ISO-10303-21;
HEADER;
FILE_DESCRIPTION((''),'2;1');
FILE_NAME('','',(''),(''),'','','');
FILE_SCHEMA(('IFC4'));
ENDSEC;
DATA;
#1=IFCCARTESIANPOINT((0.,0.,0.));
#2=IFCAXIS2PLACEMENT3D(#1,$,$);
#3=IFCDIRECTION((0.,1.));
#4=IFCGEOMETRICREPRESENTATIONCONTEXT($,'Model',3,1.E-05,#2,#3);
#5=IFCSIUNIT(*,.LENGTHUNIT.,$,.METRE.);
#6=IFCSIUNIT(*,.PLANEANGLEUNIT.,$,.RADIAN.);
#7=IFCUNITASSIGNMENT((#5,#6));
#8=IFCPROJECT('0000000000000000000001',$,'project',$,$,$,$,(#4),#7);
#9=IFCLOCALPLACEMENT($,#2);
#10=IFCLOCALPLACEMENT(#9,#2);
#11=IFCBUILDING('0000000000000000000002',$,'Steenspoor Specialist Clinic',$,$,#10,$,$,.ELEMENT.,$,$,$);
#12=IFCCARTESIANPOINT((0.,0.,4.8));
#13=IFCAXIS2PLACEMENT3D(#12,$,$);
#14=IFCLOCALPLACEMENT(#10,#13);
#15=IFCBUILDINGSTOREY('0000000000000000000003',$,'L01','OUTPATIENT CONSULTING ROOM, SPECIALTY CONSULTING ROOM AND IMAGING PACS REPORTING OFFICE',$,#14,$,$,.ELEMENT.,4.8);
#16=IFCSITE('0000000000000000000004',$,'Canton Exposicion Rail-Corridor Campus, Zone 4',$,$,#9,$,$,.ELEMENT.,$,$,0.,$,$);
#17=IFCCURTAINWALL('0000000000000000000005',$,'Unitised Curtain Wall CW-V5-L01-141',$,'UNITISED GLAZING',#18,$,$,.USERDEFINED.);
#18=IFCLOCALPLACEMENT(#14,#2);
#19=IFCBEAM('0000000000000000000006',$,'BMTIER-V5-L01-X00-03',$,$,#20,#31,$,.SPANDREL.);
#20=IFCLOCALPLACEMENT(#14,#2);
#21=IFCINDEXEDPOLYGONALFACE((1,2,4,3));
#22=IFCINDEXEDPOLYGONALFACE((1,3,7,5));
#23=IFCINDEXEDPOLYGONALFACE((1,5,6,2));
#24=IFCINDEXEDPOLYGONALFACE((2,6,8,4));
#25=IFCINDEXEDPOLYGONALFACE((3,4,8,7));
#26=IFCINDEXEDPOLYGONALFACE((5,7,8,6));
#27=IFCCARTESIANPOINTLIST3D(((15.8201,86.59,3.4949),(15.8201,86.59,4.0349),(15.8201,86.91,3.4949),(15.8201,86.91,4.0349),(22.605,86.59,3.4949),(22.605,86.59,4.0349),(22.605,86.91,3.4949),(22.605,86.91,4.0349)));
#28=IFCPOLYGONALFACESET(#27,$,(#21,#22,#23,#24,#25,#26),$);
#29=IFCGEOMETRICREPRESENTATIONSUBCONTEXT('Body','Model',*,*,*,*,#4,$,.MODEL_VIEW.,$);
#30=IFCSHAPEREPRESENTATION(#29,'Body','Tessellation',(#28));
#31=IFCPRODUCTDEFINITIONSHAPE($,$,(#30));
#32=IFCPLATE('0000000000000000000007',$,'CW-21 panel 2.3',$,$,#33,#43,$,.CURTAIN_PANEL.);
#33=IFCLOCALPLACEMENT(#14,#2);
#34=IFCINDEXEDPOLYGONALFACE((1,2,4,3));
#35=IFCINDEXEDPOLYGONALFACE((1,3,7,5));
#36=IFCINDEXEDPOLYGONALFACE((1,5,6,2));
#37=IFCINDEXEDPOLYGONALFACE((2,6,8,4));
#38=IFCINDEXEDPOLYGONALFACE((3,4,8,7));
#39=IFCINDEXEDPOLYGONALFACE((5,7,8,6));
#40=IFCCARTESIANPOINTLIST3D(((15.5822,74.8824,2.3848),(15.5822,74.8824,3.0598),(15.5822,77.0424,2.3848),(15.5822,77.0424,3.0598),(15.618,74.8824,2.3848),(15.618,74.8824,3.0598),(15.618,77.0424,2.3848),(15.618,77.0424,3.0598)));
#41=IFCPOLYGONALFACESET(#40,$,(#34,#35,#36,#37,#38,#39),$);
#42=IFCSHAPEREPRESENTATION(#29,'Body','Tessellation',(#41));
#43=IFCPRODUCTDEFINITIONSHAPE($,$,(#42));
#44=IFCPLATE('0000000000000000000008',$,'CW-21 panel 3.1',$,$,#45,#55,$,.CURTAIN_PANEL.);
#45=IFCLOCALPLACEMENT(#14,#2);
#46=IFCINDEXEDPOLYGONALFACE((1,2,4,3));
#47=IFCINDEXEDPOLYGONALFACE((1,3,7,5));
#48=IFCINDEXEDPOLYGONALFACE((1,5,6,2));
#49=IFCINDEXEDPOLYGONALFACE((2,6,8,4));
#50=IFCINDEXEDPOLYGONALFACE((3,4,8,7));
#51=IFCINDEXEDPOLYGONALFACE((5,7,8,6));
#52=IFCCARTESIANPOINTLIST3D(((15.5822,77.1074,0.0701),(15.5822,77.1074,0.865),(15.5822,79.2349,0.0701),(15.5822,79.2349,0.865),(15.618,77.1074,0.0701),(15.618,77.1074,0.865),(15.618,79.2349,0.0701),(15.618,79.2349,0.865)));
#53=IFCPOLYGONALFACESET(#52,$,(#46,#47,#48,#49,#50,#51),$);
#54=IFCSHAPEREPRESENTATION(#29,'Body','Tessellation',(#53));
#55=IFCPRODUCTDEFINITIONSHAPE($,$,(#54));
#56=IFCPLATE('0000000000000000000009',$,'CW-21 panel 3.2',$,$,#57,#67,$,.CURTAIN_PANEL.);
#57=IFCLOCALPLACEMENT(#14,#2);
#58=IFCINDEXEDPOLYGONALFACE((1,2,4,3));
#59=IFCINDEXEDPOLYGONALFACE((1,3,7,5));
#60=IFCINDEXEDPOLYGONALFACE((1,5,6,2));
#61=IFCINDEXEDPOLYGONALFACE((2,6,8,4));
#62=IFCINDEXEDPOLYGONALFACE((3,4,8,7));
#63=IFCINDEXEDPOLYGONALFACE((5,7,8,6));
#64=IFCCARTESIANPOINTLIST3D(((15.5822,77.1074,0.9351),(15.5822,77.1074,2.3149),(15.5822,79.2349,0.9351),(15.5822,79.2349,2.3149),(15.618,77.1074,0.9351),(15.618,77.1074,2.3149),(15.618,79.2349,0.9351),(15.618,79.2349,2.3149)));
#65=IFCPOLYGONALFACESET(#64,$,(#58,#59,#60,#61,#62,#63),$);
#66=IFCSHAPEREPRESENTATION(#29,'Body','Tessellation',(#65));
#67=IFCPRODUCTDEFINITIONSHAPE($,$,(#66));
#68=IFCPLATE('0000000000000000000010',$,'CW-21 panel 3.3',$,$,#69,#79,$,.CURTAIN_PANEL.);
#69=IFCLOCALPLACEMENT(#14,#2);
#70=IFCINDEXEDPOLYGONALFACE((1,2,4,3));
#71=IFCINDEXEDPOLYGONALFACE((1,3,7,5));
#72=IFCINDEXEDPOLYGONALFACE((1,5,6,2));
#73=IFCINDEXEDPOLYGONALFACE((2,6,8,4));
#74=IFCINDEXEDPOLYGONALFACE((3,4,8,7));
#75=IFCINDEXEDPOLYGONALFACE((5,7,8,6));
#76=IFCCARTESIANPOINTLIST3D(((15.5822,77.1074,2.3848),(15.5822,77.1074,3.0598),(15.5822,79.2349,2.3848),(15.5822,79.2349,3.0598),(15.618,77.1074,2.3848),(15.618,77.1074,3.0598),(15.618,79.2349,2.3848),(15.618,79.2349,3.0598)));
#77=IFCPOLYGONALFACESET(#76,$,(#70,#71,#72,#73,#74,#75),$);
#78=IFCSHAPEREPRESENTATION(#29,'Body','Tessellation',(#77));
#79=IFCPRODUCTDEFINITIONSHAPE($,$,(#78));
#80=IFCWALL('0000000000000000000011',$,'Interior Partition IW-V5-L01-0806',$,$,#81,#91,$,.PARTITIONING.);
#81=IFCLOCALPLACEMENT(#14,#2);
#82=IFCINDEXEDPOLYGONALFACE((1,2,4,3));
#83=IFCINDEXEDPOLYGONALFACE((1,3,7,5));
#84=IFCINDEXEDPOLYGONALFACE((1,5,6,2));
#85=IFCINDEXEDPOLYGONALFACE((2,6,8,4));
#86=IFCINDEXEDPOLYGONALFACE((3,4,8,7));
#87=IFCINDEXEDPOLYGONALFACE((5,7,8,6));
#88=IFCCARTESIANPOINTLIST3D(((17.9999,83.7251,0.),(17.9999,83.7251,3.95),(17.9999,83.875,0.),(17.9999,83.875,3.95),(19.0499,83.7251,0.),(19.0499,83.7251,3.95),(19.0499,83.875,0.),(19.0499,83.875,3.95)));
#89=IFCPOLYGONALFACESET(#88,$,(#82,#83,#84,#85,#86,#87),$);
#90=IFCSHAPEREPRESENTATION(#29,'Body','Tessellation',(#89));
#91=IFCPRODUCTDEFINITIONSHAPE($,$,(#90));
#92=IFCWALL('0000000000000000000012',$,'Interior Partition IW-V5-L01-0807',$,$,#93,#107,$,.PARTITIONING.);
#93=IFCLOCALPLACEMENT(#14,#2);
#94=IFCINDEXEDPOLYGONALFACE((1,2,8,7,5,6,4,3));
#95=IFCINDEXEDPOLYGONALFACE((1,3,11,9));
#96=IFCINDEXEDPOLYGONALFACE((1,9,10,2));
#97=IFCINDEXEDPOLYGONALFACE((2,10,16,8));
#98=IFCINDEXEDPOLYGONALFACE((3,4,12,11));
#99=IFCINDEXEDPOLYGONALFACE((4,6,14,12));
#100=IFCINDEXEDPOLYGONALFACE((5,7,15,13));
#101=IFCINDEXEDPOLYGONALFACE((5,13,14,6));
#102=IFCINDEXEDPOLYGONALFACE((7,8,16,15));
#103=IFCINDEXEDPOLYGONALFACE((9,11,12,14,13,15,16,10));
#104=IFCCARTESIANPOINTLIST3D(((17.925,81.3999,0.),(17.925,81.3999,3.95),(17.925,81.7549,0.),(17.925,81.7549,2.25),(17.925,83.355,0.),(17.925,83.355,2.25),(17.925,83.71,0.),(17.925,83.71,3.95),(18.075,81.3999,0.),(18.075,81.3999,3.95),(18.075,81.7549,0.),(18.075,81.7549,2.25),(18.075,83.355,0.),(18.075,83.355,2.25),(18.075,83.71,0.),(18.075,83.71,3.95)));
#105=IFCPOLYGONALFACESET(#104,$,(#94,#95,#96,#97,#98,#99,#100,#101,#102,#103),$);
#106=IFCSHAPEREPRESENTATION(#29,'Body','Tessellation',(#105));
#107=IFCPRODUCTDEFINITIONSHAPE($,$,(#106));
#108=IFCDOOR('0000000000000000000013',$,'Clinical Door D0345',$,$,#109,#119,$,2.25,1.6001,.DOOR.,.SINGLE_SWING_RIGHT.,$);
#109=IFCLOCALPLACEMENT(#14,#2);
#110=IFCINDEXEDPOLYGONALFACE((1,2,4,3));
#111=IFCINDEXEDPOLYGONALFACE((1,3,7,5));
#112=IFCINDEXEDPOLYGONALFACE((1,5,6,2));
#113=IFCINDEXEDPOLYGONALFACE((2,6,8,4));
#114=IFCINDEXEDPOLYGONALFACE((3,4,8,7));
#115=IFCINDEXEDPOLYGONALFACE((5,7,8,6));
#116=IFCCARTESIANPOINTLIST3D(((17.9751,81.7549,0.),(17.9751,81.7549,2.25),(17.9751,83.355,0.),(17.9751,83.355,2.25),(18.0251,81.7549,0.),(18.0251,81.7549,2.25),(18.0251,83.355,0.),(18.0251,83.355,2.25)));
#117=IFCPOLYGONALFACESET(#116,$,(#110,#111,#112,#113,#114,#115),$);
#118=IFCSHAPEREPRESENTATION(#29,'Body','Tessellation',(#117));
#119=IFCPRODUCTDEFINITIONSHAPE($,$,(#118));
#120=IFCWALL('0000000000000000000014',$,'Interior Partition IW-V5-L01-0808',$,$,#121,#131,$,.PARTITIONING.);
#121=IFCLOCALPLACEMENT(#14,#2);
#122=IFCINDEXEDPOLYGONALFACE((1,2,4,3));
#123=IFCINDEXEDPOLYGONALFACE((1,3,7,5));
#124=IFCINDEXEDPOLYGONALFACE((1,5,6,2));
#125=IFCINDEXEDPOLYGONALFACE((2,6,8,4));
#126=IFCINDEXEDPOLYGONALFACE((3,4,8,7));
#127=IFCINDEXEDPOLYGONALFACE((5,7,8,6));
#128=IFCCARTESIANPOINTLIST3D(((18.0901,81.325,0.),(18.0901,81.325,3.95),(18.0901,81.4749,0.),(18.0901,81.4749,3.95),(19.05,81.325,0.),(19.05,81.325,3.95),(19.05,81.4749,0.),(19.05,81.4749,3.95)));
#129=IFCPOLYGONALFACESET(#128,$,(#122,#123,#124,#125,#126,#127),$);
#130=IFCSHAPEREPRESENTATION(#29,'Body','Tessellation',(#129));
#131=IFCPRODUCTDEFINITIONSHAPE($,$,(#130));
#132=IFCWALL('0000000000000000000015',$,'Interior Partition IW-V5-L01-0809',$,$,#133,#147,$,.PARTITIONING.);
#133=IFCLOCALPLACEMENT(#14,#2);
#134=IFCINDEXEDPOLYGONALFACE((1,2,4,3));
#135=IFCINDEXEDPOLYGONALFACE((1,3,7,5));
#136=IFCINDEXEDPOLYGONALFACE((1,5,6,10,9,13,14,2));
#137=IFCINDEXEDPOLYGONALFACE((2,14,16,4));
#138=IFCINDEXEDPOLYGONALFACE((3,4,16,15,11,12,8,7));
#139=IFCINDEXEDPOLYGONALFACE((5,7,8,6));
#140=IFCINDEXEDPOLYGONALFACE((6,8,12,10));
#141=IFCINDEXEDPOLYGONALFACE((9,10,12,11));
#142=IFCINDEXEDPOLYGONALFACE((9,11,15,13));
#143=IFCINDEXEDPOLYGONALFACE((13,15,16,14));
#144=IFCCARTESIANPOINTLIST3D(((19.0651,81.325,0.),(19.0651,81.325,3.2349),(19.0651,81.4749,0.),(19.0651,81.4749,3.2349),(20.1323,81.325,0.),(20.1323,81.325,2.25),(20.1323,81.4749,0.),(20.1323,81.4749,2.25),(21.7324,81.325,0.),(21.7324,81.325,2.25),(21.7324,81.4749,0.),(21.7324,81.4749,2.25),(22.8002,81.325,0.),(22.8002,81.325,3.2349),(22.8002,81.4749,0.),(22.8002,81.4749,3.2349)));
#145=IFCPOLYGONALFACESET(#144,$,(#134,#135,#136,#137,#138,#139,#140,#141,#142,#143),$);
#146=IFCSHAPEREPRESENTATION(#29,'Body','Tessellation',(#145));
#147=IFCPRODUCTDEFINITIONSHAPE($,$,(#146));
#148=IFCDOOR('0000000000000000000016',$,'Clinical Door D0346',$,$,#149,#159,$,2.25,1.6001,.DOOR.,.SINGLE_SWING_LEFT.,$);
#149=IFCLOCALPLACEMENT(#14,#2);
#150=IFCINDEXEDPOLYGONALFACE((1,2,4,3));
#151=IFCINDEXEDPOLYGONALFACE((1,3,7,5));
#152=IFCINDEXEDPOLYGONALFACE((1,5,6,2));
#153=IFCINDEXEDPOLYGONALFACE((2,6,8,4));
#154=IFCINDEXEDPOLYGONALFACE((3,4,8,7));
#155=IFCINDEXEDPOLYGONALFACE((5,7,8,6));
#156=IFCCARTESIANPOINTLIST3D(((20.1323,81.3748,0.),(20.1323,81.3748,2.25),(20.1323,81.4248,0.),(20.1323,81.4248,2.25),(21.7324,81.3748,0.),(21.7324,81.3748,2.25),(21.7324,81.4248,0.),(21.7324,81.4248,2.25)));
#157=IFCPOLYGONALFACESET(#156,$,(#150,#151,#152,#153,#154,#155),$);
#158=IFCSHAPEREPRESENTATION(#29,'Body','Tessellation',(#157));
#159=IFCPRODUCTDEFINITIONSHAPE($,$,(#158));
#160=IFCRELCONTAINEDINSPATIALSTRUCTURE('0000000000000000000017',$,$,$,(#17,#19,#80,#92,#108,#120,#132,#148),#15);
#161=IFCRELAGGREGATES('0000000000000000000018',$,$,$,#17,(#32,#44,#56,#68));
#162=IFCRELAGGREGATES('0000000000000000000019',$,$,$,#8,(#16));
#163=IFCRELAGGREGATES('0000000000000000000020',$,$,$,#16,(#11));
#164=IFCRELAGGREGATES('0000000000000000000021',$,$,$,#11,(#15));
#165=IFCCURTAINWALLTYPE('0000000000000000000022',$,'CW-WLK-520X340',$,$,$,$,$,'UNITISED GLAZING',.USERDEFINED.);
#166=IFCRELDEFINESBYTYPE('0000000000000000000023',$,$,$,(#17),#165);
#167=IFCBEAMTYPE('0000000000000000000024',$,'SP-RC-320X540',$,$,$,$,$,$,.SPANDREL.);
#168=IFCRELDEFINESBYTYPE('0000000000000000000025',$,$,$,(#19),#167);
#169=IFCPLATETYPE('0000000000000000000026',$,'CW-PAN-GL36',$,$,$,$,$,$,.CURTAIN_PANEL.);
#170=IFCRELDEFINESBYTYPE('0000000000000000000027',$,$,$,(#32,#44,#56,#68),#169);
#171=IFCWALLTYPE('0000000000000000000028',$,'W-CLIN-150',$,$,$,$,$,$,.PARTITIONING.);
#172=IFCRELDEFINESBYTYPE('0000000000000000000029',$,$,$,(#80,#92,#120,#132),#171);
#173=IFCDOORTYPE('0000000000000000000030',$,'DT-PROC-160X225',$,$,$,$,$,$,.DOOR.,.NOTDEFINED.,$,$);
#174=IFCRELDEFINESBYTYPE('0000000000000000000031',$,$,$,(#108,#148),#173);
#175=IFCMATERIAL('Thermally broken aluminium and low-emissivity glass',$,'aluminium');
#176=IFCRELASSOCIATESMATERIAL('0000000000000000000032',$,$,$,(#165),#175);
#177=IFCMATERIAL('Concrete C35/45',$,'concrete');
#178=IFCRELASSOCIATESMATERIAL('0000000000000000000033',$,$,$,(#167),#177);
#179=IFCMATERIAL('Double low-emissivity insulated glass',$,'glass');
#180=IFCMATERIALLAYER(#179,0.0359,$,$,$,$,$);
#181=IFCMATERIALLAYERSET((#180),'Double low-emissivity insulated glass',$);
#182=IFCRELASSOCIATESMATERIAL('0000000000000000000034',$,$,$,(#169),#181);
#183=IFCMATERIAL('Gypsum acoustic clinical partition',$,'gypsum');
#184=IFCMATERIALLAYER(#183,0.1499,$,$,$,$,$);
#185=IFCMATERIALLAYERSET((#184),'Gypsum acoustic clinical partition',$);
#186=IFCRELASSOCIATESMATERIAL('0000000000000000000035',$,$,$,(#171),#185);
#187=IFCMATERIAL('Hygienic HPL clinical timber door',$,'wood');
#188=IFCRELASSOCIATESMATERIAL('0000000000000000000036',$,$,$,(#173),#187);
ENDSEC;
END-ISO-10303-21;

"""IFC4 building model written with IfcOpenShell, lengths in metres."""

from ifc_helpers import new_model, si_unit, direction, frame, frame_2d, origin, origin_2d, place, context, subcontext, project, spatial, rectangle, extrude, material, layer, layer_set, material_profile, profile_set, type_object, element, fill, aggregate, save


model = new_model("IFC4")

# Units and contexts
model_context = context("Model", 3, precision=1e-05, world=origin(), true_north=direction((0.0, 1.0)))
body_context = subcontext(model_context, "Body", "Model", "MODEL_VIEW")
ifc_project = project(units=[si_unit("LENGTHUNIT", "METRE"), si_unit("PLANEANGLEUNIT", "RADIAN")], contexts=[model_context])

# Site, building, storey
site_placement = place(None, origin())
site = spatial("IfcSite", under=ifc_project, at=site_placement, Name="Canton Exposicion Rail-Corridor Campus, Zone 4", CompositionType="ELEMENT", RefElevation=0.0)
building_placement = place(site_placement, origin())
building = spatial("IfcBuilding", under=site, at=building_placement, Name="Steenspoor Specialist Clinic", CompositionType="ELEMENT")
storey_placement = place(building_placement, frame((0.0, 0.0, 4.8)))
storey = spatial("IfcBuildingStorey", under=building, at=storey_placement, Name="L01", Description="OUTPATIENT CONSULTING ROOM, SPECIALTY CONSULTING ROOM AND IMAGING PACS REPORTING OFFICE", CompositionType="ELEMENT", Elevation=4.8)

# Shared definitions
ifc_material_1 = material(Name="Concrete C35/45", Category="concrete")

# Shared definitions
ifc_material_2 = material(Name="Thermally broken aluminium and low-emissivity glass", Category="aluminium")

# Curtain wall
curtain_wall_type_1 = type_object("IfcCurtainWallType", Name="CW-WLK-520X340", ElementType="UNITISED GLAZING", PredefinedType="USERDEFINED", material=ifc_material_2)
curtain_wall_1_placement = place(storey_placement, origin())
curtain_wall_1 = element("IfcCurtainWall", 1, at=curtain_wall_1_placement, inside=storey, type_object=curtain_wall_type_1, Name="Unitised Curtain Wall CW-V5-L01-141", ObjectType="UNITISED GLAZING", PredefinedType="USERDEFINED")

# Beam
ifc_material_profile_1 = material_profile(ifc_material_1, rectangle(XDim=0.3201, YDim=0.54, at=origin_2d()), Name="RC-SP-320X540")
ifc_profile_set_1 = profile_set([ifc_material_profile_1], Name="Concrete C35/45")
beam_type_1 = type_object("IfcBeamType", Name="SP-RC-320X540", PredefinedType="SPANDREL", material=ifc_profile_set_1)
beam_1_placement = place(storey_placement, frame((15.8201, 86.75, 3.7649), z_axis=(1.0, 0.0, 0.0), x_axis=(0.0, 1.0, 0.0)))
element("IfcBeam", 2, at=beam_1_placement, inside=storey, type_object=beam_type_1, Name="BMTIER-V5-L01-X00-03", PredefinedType="SPANDREL", context=body_context, shape_type="SweptSolid", body=[
    extrude(rectangle(XDim=0.3201, YDim=0.54, at=origin_2d()), origin(), (0.0, 0.0, 1.0), 6.7849),
])

# Plates
ifc_material_3 = material(Name="Double low-emissivity insulated glass", Category="glass")
ifc_layer_1 = layer(ifc_material_3, 0.0359)
ifc_layer_set_1 = layer_set([ifc_layer_1], Name="Double low-emissivity insulated glass")
plate_type = type_object("IfcPlateType", Name="CW-PAN-GL36", PredefinedType="CURTAIN_PANEL", material=ifc_layer_set_1)
plate_1_placement = place(storey_placement, frame((15.6001, 75.9624, 2.3848), z_axis=(0.0, 0.0, 1.0), x_axis=(0.0, 1.0, 0.0)))
plate_1 = element("IfcPlate", 3, at=plate_1_placement, type_object=plate_type, Name="CW-21 panel 2.3", PredefinedType="CURTAIN_PANEL", context=body_context, shape_type="SweptSolid", body=[
    extrude(rectangle(XDim=2.1599, YDim=0.0359, at=origin_2d()), origin(), (0.0, 0.0, 1.0), 0.675),
])
plate_2_placement = place(storey_placement, frame((15.6001, 78.1711, 0.0701), z_axis=(0.0, 0.0, 1.0), x_axis=(0.0, 1.0, 0.0)))
plate_2 = element("IfcPlate", 4, at=plate_2_placement, type_object=plate_type, Name="CW-21 panel 3.1", PredefinedType="CURTAIN_PANEL", context=body_context, shape_type="SweptSolid", body=[
    extrude(rectangle(XDim=2.1274, YDim=0.0359, at=origin_2d()), origin(), (0.0, 0.0, 1.0), 0.7949),
])
plate_3_placement = place(storey_placement, frame((15.6001, 78.1711, 0.9351), z_axis=(0.0, 0.0, 1.0), x_axis=(0.0, 1.0, 0.0)))
plate_3 = element("IfcPlate", 5, at=plate_3_placement, type_object=plate_type, Name="CW-21 panel 3.2", PredefinedType="CURTAIN_PANEL", context=body_context, shape_type="SweptSolid", body=[
    extrude(rectangle(XDim=2.1274, YDim=0.0359, at=origin_2d()), origin(), (0.0, 0.0, 1.0), 1.3799),
])
plate_4_placement = place(storey_placement, frame((15.6001, 78.1711, 2.3848), z_axis=(0.0, 0.0, 1.0), x_axis=(0.0, 1.0, 0.0)))
plate_4 = element("IfcPlate", 6, at=plate_4_placement, type_object=plate_type, Name="CW-21 panel 3.3", PredefinedType="CURTAIN_PANEL", context=body_context, shape_type="SweptSolid", body=[
    extrude(rectangle(XDim=2.1274, YDim=0.0359, at=origin_2d()), origin(), (0.0, 0.0, 1.0), 0.675),
])
aggregate(curtain_wall_1, [plate_1, plate_2, plate_3, plate_4])

# Wall
ifc_material_4 = material(Name="Gypsum acoustic clinical partition", Category="gypsum")
ifc_layer_2 = layer(ifc_material_4, 0.1499)
ifc_layer_set_2 = layer_set([ifc_layer_2], Name="Gypsum acoustic clinical partition")
wall_type_1 = type_object("IfcWallType", Name="W-CLIN-150", PredefinedType="PARTITIONING", material=ifc_layer_set_2)
wall_1_placement = place(storey_placement, frame((18.0, 83.8, 0.0), z_axis=(0.0, 0.0, 1.0), x_axis=(1.0, 0.0, 0.0)))
element("IfcWall", 7, at=wall_1_placement, inside=storey, type_object=wall_type_1, Name="Interior Partition IW-V5-L01-0806", PredefinedType="PARTITIONING", context=body_context, shape_type="SweptSolid", body=[
    extrude(rectangle(XDim=1.05, YDim=0.1499, at=frame_2d((0.5249, 0.0))), origin(), (0.0, 0.0, 1.0), 3.95),
])

# Wall, opening, door
wall_2_placement = place(storey_placement, frame((18.0, 81.3999, 0.0), z_axis=(0.0, 0.0, 1.0), x_axis=(0.0, 1.0, 0.0)))
wall_2 = element("IfcWall", 8, at=wall_2_placement, inside=storey, type_object=wall_type_1, Name="Interior Partition IW-V5-L01-0807", PredefinedType="PARTITIONING", context=body_context, shape_type="SweptSolid", body=[
    extrude(rectangle(XDim=2.3101, YDim=0.1499, at=frame_2d((1.155, 0.0))), origin(), (0.0, 0.0, 1.0), 3.95),
])
opening_1_placement = place(wall_2_placement, frame((0.355, 0.0, 0.0)))
opening_1 = element("IfcOpeningElement", 9, at=opening_1_placement, cuts=wall_2, PredefinedType="OPENING", context=body_context, shape_type="SweptSolid", body=[
    extrude(rectangle(XDim=1.6001, YDim=2.25, at=frame_2d((0.8, 1.125))), frame((0.0, 0.085, 0.0), z_axis=(0.0, -1.0, 0.0), x_axis=(1.0, 0.0, 0.0)), (0.0, 0.0, 1.0), 0.1699),
])
ifc_material_5 = material(Name="Hygienic HPL clinical timber door", Category="wood")
door_type = type_object("IfcDoorType", Name="DT-PROC-160X225", OperationType="NOTDEFINED", PredefinedType="DOOR", material=ifc_material_5)
door_1_placement = place(opening_1_placement, origin())
door_1 = element("IfcDoor", 10, at=door_1_placement, inside=storey, type_object=door_type, Name="Clinical Door D0345", OperationType="SINGLE_SWING_RIGHT", OverallHeight=2.25, OverallWidth=1.6001, PredefinedType="DOOR", context=body_context, shape_type="SweptSolid", body=[
    extrude(rectangle(XDim=1.6001, YDim=2.25, at=frame_2d((0.8, 1.125))), frame((0.0, 0.0249, 0.0), z_axis=(0.0, -1.0, 0.0), x_axis=(1.0, 0.0, 0.0)), (0.0, 0.0, 1.0), 0.05),
])
fill(opening_1, door_1)

# Wall
wall_3_placement = place(storey_placement, frame((18.0901, 81.3999, 0.0), z_axis=(0.0, 0.0, 1.0), x_axis=(1.0, 0.0, 0.0)))
element("IfcWall", 11, at=wall_3_placement, inside=storey, type_object=wall_type_1, Name="Interior Partition IW-V5-L01-0808", PredefinedType="PARTITIONING", context=body_context, shape_type="SweptSolid", body=[
    extrude(rectangle(XDim=0.96, YDim=0.1499, at=frame_2d((0.48, 0.0))), origin(), (0.0, 0.0, 1.0), 3.95),
])

# Wall, opening, door
wall_4_placement = place(storey_placement, frame((19.0649, 81.3999, 0.0), z_axis=(0.0, 0.0, 1.0), x_axis=(1.0, 0.0, 0.0)))
wall_4 = element("IfcWall", 12, at=wall_4_placement, inside=storey, type_object=wall_type_1, Name="Interior Partition IW-V5-L01-0809", PredefinedType="PARTITIONING", context=body_context, shape_type="SweptSolid", body=[
    extrude(rectangle(XDim=3.7351, YDim=0.1499, at=frame_2d((1.8677, 0.0))), origin(), (0.0, 0.0, 1.0), 3.2349),
])
opening_2_placement = place(wall_4_placement, frame((1.0674, 0.0, 0.0)))
opening_2 = element("IfcOpeningElement", 13, at=opening_2_placement, cuts=wall_4, PredefinedType="OPENING", context=body_context, shape_type="SweptSolid", body=[
    extrude(rectangle(XDim=1.6001, YDim=2.25, at=frame_2d((0.8, 1.125))), frame((0.0, 0.085, 0.0), z_axis=(0.0, -1.0, 0.0), x_axis=(1.0, 0.0, 0.0)), (0.0, 0.0, 1.0), 0.1699),
])
door_2_placement = place(opening_2_placement, origin())
door_2 = element("IfcDoor", 14, at=door_2_placement, inside=storey, type_object=door_type, Name="Clinical Door D0346", OperationType="SINGLE_SWING_LEFT", OverallHeight=2.25, OverallWidth=1.6001, PredefinedType="DOOR", context=body_context, shape_type="SweptSolid", body=[
    extrude(rectangle(XDim=1.6001, YDim=2.25, at=frame_2d((0.8, 1.125))), frame((0.0, 0.0249, 0.0), z_axis=(0.0, -1.0, 0.0), x_axis=(1.0, 0.0, 0.0)), (0.0, 0.0, 1.0), 0.05),
])
fill(opening_2, door_2)

save(model, "model.ifc")
